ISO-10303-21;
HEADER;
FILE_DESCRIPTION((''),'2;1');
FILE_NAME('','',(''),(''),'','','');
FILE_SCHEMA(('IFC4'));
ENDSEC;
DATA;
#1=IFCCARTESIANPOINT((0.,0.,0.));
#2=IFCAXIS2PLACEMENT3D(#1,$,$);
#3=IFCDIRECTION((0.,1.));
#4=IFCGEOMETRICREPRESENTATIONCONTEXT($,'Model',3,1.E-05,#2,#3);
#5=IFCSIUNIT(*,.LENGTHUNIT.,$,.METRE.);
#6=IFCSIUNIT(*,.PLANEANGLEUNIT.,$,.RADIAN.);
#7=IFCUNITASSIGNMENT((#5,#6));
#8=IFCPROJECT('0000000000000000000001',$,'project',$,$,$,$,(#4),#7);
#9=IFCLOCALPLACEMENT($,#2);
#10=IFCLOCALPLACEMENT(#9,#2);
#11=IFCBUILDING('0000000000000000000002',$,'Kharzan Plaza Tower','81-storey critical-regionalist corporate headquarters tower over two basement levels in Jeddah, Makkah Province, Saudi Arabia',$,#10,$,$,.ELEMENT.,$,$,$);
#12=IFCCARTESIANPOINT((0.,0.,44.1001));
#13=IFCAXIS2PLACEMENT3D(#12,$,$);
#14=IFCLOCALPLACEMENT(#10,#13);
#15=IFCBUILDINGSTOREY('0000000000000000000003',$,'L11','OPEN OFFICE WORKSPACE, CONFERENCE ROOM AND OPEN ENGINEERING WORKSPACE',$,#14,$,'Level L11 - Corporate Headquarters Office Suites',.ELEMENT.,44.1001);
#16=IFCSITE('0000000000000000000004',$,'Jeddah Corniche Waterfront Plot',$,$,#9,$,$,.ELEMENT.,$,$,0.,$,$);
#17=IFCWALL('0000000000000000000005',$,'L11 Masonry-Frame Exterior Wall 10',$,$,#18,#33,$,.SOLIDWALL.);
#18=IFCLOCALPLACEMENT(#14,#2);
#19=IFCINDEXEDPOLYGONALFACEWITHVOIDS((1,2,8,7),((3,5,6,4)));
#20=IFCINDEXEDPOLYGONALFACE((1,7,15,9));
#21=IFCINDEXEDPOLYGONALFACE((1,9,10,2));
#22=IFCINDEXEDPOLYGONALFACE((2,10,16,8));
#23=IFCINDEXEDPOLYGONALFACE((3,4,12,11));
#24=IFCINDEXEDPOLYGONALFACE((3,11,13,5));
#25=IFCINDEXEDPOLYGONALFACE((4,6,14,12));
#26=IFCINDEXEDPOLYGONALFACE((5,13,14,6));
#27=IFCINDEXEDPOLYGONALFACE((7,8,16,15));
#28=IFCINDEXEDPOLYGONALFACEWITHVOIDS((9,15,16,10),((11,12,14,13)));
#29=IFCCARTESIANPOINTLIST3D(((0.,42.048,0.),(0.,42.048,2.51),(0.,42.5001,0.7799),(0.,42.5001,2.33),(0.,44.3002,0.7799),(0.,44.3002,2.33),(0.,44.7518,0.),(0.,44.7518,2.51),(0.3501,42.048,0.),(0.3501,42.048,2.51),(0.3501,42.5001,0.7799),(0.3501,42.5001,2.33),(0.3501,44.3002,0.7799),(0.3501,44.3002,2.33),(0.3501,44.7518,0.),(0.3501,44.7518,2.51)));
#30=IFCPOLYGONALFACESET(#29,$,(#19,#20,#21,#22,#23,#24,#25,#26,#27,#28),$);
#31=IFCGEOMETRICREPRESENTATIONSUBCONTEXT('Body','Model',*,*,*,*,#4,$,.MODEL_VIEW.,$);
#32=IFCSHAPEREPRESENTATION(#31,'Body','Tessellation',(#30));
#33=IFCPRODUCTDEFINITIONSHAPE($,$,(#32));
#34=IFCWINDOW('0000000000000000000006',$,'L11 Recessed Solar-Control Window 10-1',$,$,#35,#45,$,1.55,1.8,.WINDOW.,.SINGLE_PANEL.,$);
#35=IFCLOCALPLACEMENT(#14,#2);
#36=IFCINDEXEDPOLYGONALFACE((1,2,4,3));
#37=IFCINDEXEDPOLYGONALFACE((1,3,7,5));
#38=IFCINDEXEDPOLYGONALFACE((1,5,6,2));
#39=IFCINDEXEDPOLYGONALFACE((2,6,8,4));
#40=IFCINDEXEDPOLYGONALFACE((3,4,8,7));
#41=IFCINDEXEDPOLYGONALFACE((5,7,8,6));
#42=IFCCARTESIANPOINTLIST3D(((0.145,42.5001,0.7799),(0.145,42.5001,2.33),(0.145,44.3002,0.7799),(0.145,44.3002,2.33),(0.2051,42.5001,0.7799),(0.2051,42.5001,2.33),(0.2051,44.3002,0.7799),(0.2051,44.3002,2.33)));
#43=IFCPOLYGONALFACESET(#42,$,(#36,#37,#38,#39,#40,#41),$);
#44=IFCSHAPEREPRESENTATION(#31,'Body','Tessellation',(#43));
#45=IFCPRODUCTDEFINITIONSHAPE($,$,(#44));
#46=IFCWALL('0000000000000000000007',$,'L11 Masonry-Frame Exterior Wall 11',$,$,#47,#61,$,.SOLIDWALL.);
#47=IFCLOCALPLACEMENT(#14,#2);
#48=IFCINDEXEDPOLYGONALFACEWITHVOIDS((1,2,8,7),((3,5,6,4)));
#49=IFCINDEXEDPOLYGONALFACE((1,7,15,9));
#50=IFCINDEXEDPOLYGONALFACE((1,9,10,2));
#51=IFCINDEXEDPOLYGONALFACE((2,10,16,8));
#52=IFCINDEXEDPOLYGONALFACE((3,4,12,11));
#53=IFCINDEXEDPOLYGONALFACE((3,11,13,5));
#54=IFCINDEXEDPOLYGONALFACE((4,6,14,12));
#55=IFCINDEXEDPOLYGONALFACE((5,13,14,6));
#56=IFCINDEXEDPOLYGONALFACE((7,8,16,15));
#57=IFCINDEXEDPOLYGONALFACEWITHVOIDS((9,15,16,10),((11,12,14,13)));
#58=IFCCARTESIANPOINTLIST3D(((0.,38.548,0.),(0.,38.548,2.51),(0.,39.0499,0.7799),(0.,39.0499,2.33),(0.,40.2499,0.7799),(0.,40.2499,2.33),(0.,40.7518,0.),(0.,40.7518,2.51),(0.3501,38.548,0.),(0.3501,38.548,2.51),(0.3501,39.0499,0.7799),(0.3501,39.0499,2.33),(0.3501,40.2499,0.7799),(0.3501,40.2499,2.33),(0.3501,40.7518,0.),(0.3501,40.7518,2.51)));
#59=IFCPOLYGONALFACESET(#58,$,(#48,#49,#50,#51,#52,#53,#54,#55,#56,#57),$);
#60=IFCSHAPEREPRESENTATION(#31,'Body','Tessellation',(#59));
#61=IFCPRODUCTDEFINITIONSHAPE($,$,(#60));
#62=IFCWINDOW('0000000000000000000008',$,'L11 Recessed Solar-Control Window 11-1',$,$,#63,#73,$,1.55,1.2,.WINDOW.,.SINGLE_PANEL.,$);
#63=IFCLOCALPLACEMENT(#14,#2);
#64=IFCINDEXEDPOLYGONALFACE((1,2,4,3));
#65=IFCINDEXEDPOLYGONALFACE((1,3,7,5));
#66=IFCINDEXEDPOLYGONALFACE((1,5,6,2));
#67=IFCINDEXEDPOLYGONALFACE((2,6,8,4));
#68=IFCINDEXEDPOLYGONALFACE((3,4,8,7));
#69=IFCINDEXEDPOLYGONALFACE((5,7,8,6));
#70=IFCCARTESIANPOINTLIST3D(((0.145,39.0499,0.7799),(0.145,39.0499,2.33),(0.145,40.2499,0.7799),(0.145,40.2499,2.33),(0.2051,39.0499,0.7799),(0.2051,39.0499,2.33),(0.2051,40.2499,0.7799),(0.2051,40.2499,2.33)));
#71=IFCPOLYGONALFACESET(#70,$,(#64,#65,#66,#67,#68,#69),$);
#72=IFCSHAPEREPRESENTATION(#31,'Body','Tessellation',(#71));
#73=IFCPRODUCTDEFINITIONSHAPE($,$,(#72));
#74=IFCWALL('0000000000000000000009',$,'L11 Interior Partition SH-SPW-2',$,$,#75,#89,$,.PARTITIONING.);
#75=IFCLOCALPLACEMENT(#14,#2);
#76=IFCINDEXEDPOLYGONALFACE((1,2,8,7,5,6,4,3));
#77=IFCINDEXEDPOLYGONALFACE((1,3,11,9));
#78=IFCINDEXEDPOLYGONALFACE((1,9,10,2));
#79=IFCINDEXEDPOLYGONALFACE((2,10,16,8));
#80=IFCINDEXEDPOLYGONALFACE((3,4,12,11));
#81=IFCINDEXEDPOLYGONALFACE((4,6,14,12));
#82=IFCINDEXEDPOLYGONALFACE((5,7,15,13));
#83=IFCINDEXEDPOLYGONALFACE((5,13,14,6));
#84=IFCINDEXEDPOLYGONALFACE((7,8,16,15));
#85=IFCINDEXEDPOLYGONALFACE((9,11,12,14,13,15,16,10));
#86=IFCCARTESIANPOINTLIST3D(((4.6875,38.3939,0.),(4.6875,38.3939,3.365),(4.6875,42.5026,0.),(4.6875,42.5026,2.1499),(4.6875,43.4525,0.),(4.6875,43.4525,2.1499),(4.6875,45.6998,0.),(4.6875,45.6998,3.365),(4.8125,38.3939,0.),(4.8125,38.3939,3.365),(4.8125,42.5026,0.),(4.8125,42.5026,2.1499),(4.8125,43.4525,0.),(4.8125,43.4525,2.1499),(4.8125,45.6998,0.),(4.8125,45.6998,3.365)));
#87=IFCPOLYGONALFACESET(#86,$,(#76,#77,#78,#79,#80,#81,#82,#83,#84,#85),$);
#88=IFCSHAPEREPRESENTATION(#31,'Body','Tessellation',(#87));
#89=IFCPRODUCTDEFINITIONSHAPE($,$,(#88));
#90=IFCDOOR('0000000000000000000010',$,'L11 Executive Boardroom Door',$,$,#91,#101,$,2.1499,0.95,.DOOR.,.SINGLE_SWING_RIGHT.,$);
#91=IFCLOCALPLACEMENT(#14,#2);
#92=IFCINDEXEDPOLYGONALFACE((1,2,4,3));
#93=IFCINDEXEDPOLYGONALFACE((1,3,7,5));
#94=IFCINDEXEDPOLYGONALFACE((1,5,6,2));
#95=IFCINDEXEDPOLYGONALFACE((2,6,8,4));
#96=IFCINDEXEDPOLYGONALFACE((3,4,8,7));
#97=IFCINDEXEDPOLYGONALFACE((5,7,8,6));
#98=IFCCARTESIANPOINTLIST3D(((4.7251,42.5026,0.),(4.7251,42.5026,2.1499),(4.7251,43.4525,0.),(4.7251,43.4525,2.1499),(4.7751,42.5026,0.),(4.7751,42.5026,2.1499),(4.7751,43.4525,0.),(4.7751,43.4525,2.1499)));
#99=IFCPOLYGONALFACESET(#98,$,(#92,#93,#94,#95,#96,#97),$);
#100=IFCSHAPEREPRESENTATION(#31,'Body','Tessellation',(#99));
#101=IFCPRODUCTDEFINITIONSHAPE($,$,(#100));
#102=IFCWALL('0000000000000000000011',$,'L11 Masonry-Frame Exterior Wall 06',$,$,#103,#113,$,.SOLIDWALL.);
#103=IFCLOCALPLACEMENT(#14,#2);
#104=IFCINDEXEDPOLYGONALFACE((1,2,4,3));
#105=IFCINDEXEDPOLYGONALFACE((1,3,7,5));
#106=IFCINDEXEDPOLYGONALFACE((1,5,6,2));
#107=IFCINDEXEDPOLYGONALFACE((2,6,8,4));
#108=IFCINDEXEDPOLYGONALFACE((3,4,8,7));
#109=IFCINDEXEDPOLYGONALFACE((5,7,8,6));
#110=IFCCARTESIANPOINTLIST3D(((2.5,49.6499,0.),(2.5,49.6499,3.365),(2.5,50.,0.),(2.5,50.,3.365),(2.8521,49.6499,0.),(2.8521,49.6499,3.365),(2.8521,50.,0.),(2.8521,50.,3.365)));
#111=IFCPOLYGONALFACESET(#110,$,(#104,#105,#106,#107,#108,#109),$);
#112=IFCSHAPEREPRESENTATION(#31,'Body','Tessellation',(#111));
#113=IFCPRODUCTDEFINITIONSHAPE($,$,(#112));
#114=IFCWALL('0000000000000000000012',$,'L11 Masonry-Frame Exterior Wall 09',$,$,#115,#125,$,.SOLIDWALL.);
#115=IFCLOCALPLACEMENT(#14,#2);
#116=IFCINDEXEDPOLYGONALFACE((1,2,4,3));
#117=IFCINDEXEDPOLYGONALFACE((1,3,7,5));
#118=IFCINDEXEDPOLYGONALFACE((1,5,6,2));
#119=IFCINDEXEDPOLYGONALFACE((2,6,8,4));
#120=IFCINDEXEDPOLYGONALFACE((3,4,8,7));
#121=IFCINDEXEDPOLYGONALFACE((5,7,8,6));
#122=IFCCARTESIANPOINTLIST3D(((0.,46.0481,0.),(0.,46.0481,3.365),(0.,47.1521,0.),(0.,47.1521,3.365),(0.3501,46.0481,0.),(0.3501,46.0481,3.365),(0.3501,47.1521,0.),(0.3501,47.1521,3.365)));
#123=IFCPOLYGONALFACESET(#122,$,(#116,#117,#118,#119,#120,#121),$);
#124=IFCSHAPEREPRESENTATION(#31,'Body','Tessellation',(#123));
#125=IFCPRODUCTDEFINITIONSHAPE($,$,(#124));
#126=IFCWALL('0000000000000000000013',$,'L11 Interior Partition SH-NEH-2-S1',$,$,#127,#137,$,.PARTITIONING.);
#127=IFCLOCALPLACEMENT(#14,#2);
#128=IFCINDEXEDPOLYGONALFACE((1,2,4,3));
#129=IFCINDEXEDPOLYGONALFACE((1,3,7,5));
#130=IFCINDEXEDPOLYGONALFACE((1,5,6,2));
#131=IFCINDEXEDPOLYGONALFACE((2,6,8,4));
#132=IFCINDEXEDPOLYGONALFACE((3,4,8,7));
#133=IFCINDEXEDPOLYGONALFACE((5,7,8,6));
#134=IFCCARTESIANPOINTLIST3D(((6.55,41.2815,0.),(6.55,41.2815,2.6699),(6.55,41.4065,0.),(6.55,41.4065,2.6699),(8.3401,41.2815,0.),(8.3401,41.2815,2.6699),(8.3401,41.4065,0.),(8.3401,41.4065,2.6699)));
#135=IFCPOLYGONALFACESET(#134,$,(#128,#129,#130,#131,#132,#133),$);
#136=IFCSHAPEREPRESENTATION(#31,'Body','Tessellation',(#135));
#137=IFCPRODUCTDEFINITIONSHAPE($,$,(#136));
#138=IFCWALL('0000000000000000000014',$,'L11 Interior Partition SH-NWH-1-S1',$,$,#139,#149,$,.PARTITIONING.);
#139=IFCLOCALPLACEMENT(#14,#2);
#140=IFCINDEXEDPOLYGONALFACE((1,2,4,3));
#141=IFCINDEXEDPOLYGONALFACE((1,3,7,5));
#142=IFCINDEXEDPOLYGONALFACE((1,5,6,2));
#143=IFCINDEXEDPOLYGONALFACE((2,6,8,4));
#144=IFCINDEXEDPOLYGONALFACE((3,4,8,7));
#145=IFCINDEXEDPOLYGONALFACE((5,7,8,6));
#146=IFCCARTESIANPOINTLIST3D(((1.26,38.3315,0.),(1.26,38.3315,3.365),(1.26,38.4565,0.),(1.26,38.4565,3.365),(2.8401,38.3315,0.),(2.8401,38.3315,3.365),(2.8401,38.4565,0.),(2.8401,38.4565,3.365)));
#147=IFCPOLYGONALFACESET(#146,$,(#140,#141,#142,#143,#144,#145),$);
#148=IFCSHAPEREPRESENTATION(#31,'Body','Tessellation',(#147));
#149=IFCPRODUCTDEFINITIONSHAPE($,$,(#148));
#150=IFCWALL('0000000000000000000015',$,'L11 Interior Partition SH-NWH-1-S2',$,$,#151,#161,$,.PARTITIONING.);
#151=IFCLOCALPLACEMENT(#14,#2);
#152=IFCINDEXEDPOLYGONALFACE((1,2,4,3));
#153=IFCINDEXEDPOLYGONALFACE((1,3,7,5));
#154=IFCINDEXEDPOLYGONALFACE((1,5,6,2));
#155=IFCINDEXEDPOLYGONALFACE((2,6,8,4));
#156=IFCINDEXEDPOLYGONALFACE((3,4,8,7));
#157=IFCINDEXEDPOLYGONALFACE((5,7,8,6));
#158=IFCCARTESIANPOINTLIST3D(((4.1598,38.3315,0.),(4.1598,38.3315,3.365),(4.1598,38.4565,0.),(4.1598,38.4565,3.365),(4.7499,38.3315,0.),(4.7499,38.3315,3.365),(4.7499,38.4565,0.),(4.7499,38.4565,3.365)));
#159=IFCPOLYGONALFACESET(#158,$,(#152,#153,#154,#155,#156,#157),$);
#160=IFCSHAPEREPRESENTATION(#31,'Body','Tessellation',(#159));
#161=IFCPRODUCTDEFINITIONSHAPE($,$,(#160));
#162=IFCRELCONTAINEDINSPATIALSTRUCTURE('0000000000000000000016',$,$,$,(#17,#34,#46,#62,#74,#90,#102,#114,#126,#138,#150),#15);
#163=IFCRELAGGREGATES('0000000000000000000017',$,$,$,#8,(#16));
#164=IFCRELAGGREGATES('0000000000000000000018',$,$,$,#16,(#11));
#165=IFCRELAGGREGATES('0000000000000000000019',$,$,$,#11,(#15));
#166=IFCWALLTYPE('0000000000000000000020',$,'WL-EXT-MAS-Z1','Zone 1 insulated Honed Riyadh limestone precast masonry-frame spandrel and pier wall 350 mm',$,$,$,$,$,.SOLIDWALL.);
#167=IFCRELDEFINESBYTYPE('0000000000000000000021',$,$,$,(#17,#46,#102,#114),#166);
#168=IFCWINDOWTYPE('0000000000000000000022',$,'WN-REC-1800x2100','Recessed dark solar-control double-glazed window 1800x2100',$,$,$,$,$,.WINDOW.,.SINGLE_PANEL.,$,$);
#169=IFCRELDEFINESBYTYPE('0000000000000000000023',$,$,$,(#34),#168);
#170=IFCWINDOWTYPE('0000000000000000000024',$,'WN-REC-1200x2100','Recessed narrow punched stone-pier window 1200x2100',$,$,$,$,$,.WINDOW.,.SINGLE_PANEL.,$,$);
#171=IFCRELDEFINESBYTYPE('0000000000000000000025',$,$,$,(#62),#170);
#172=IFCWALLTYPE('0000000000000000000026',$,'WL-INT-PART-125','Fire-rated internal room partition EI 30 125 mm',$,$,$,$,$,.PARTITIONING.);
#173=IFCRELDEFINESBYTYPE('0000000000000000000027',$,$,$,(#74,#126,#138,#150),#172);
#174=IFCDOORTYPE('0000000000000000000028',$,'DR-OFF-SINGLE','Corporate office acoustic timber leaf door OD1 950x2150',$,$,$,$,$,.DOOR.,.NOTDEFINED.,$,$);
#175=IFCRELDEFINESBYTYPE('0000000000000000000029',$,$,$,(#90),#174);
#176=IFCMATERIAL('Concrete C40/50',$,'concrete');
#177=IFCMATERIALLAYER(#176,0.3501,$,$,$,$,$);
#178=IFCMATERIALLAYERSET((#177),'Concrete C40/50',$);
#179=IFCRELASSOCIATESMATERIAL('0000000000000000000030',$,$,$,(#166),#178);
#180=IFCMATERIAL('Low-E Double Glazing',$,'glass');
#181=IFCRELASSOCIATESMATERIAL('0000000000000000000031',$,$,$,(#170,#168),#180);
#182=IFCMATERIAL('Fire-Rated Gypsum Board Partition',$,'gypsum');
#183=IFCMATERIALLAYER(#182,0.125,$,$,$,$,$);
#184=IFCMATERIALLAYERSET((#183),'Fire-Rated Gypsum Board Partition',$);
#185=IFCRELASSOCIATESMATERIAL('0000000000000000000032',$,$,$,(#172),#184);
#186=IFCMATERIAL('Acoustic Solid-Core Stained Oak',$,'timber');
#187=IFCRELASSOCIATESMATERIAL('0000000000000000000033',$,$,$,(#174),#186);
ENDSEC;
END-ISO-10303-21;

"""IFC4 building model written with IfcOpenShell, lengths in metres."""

from ifc_helpers import new_model, si_unit, direction, frame, frame_2d, origin, place, context, subcontext, project, spatial, rectangle, extrude, source, transform, mapped, material, layer, layer_set, type_object, element, fill, save


model = new_model("IFC4")

# Units and contexts
model_context = context("Model", 3, precision=1e-05, world=origin(), true_north=direction((0.0, 1.0)))
body_context = subcontext(model_context, "Body", "Model", "MODEL_VIEW")
ifc_project = project(units=[si_unit("LENGTHUNIT", "METRE"), si_unit("PLANEANGLEUNIT", "RADIAN")], contexts=[model_context])

# Site, building, storey
site_placement = place(None, origin())
site = spatial("IfcSite", under=ifc_project, at=site_placement, Name="Jeddah Corniche Waterfront Plot", CompositionType="ELEMENT", RefElevation=0.0)
building_placement = place(site_placement, origin())
building = spatial("IfcBuilding", under=site, at=building_placement, Name="Kharzan Plaza Tower", Description="81-storey critical-regionalist corporate headquarters tower over two basement levels in Jeddah, Makkah Province, Saudi Arabia", CompositionType="ELEMENT")
storey_placement = place(building_placement, frame((0.0, 0.0, 44.1001)))
storey = spatial("IfcBuildingStorey", under=building, at=storey_placement, Name="L11", Description="OPEN OFFICE WORKSPACE, CONFERENCE ROOM AND OPEN ENGINEERING WORKSPACE", LongName="Level L11 - Corporate Headquarters Office Suites", CompositionType="ELEMENT", Elevation=44.1001)

# Walls, openings, windows
ifc_material_1 = material(Name="Concrete C40/50", Category="concrete")
ifc_layer_1 = layer(ifc_material_1, 0.3501)
ifc_layer_set_1 = layer_set([ifc_layer_1], Name="Concrete C40/50")
wall_type_1 = type_object("IfcWallType", Name="WL-EXT-MAS-Z1", Description="Zone 1 insulated Honed Riyadh limestone precast masonry-frame spandrel and pier wall 350 mm", PredefinedType="SOLIDWALL", material=ifc_layer_set_1)
ifc_material_2 = material(Name="Low-E Double Glazing", Category="glass")
window_type_1 = type_object("IfcWindowType", Name="WN-REC-1200x2100", Description="Recessed narrow punched stone-pier window 1200x2100", PartitioningType="SINGLE_PANEL", PredefinedType="WINDOW", material=ifc_material_2)
window_type_2 = type_object("IfcWindowType", Name="WN-REC-1800x2100", Description="Recessed dark solar-control double-glazed window 1800x2100", PartitioningType="SINGLE_PANEL", PredefinedType="WINDOW", material=ifc_material_2)
wall_1_placement = place(storey_placement, frame((0.175, 44.752, 0.0), z_axis=(0.0, 0.0, 1.0), x_axis=(0.0, -1.0, 0.0)))
wall_1 = element("IfcWall", 1, at=wall_1_placement, inside=storey, type_object=wall_type_1, Name="L11 Masonry-Frame Exterior Wall 10", PredefinedType="SOLIDWALL", context=body_context, shape_type="SweptSolid", body=[
    extrude(rectangle(XDim=2.7039, YDim=0.3501, at=frame_2d((1.3521, 0.0))), origin(), (0.0, 0.0, 1.0), 2.51),
])
opening_1_placement = place(wall_1_placement, frame((0.4519, 0.0, 0.78)))
opening_1 = element("IfcOpeningElement", 2, at=opening_1_placement, cuts=wall_1, PredefinedType="OPENING", context=body_context, shape_type="SweptSolid", body=[
    extrude(rectangle(XDim=1.8, YDim=1.55, at=frame_2d((0.8999, 0.7749))), frame((0.0, 0.1851, 0.0), z_axis=(0.0, -1.0, 0.0), x_axis=(1.0, 0.0, 0.0)), (0.0, 0.0, 1.0), 0.3701),
])
shared_shape_1 = source(origin(), body_context, "Body", "SweptSolid", [
    extrude(rectangle(XDim=1.8, YDim=1.55, at=frame_2d((0.8999, 0.7749))), frame((0.0, 0.03, 0.0), z_axis=(0.0, -1.0, 0.0), x_axis=(1.0, 0.0, 0.0)), (0.0, 0.0, 1.0), 0.0601),
])
window_1_placement = place(opening_1_placement, origin())
window_1 = element("IfcWindow", 3, at=window_1_placement, inside=storey, type_object=window_type_2, Name="L11 Recessed Solar-Control Window 10-1", OverallHeight=1.55, OverallWidth=1.8, PartitioningType="SINGLE_PANEL", PredefinedType="WINDOW", context=body_context, shape_type="MappedRepresentation", body=[
    mapped(shared_shape_1, transform((0.0, 0.0, 0.0), x_axis=(1.0, 0.0, 0.0), y_axis=(0.0, 1.0, 0.0), z_axis=(0.0, 0.0, 1.0))),
])
fill(opening_1, window_1)
wall_2_placement = place(storey_placement, frame((0.175, 40.752, 0.0), z_axis=(0.0, 0.0, 1.0), x_axis=(0.0, -1.0, 0.0)))
wall_2 = element("IfcWall", 4, at=wall_2_placement, inside=storey, type_object=wall_type_1, Name="L11 Masonry-Frame Exterior Wall 11", PredefinedType="SOLIDWALL", context=body_context, shape_type="SweptSolid", body=[
    extrude(rectangle(XDim=2.2039, YDim=0.3501, at=frame_2d((1.1021, 0.0))), origin(), (0.0, 0.0, 1.0), 2.51),
])
opening_2_placement = place(wall_2_placement, frame((0.502, 0.0, 0.78)))
opening_2 = element("IfcOpeningElement", 5, at=opening_2_placement, cuts=wall_2, PredefinedType="OPENING", context=body_context, shape_type="SweptSolid", body=[
    extrude(rectangle(XDim=1.2, YDim=1.55, at=frame_2d((0.6001, 0.7749))), frame((0.0, 0.1851, 0.0), z_axis=(0.0, -1.0, 0.0), x_axis=(1.0, 0.0, 0.0)), (0.0, 0.0, 1.0), 0.3701),
])
shared_shape_2 = source(origin(), body_context, "Body", "SweptSolid", [
    extrude(rectangle(XDim=1.2, YDim=1.55, at=frame_2d((0.6001, 0.7749))), frame((0.0, 0.03, 0.0), z_axis=(0.0, -1.0, 0.0), x_axis=(1.0, 0.0, 0.0)), (0.0, 0.0, 1.0), 0.0601),
])
window_2_placement = place(opening_2_placement, origin())
window_2 = element("IfcWindow", 6, at=window_2_placement, inside=storey, type_object=window_type_1, Name="L11 Recessed Solar-Control Window 11-1", OverallHeight=1.55, OverallWidth=1.2, PartitioningType="SINGLE_PANEL", PredefinedType="WINDOW", context=body_context, shape_type="MappedRepresentation", body=[
    mapped(shared_shape_2, transform((0.0, 0.0, 0.0), x_axis=(1.0, 0.0, 0.0), y_axis=(0.0, 1.0, 0.0), z_axis=(0.0, 0.0, 1.0))),
])
fill(opening_2, window_2)

# Wall, opening, door
ifc_material_3 = material(Name="Fire-Rated Gypsum Board Partition", Category="gypsum")
ifc_layer_2 = layer(ifc_material_3, 0.125)
ifc_layer_set_2 = layer_set([ifc_layer_2], Name="Fire-Rated Gypsum Board Partition")
wall_type_2 = type_object("IfcWallType", Name="WL-INT-PART-125", Description="Fire-rated internal room partition EI 30 125 mm", PredefinedType="PARTITIONING", material=ifc_layer_set_2)
ifc_material_4 = material(Name="Acoustic Solid-Core Stained Oak", Category="timber")
door_type = type_object("IfcDoorType", Name="DR-OFF-SINGLE", Description="Corporate office acoustic timber leaf door OD1 950x2150", OperationType="NOTDEFINED", PredefinedType="DOOR", material=ifc_material_4)
shared_shape_3 = source(origin(), body_context, "Body", "SweptSolid", [
    extrude(rectangle(XDim=0.95, YDim=2.1499, at=frame_2d((0.4751, 1.075))), frame((0.0, 0.0249, 0.0), z_axis=(0.0, -1.0, 0.0), x_axis=(1.0, 0.0, 0.0)), (0.0, 0.0, 1.0), 0.05),
])
wall_3_placement = place(storey_placement, frame((4.75, 38.394, 0.0), z_axis=(0.0, 0.0, 1.0), x_axis=(0.0, 1.0, 0.0)))
wall_3 = element("IfcWall", 7, at=wall_3_placement, inside=storey, type_object=wall_type_2, Name="L11 Interior Partition SH-SPW-2", PredefinedType="PARTITIONING", context=body_context, shape_type="SweptSolid", body=[
    extrude(rectangle(XDim=7.3059, YDim=0.125, at=frame_2d((3.6528, 0.0))), origin(), (0.0, 0.0, 1.0), 3.365),
])
opening_3_placement = place(wall_3_placement, frame((4.1084, 0.0, 0.0)))
opening_3 = element("IfcOpeningElement", 8, at=opening_3_placement, cuts=wall_3, PredefinedType="OPENING", context=body_context, shape_type="SweptSolid", body=[
    extrude(rectangle(XDim=0.95, YDim=2.1499, at=frame_2d((0.4751, 1.075))), frame((0.0, 0.0725, 0.0), z_axis=(0.0, -1.0, 0.0), x_axis=(1.0, 0.0, 0.0)), (0.0, 0.0, 1.0), 0.145),
])
door_1_placement = place(opening_3_placement, origin())
door_1 = element("IfcDoor", 9, at=door_1_placement, inside=storey, type_object=door_type, Name="L11 Executive Boardroom Door", OperationType="SINGLE_SWING_RIGHT", OverallHeight=2.1499, OverallWidth=0.95, PredefinedType="DOOR", context=body_context, shape_type="MappedRepresentation", body=[
    mapped(shared_shape_3, transform((0.0, 0.0, 0.0), x_axis=(1.0, 0.0, 0.0), y_axis=(0.0, 1.0, 0.0), z_axis=(0.0, 0.0, 1.0))),
])
fill(opening_3, door_1)

# Walls
shared_shape_4 = source(origin(), body_context, "Body", "SweptSolid", [
    extrude(rectangle(XDim=0.3521, YDim=0.3501, at=frame_2d((0.176, 0.0))), origin(), (0.0, 0.0, 1.0), 3.365),
])
wall_4_placement = place(storey_placement, frame((2.8521, 49.825, 0.0), z_axis=(0.0, 0.0, 1.0), x_axis=(-1.0, 0.0, 0.0)))
element("IfcWall", 10, at=wall_4_placement, inside=storey, type_object=wall_type_1, Name="L11 Masonry-Frame Exterior Wall 06", PredefinedType="SOLIDWALL", context=body_context, shape_type="MappedRepresentation", body=[
    mapped(shared_shape_4, transform((0.0, 0.0, 0.0), x_axis=(1.0, 0.0, 0.0), y_axis=(0.0, 1.0, 0.0), z_axis=(0.0, 0.0, 1.0))),
])
shared_shape_5 = source(origin(), body_context, "Body", "SweptSolid", [
    extrude(rectangle(XDim=1.104, YDim=0.3501, at=frame_2d((0.552, 0.0))), origin(), (0.0, 0.0, 1.0), 3.365),
])
wall_5_placement = place(storey_placement, frame((0.175, 47.1521, 0.0), z_axis=(0.0, 0.0, 1.0), x_axis=(0.0, -1.0, 0.0)))
element("IfcWall", 11, at=wall_5_placement, inside=storey, type_object=wall_type_1, Name="L11 Masonry-Frame Exterior Wall 09", PredefinedType="SOLIDWALL", context=body_context, shape_type="MappedRepresentation", body=[
    mapped(shared_shape_5, transform((0.0, 0.0, 0.0), x_axis=(1.0, 0.0, 0.0), y_axis=(0.0, 1.0, 0.0), z_axis=(0.0, 0.0, 1.0))),
])
shared_shape_6 = source(origin(), body_context, "Body", "SweptSolid", [
    extrude(rectangle(XDim=1.79, YDim=0.125, at=frame_2d((0.895, 0.0))), origin(), (0.0, 0.0, 1.0), 2.6699),
])
wall_6_placement = place(storey_placement, frame((6.55, 41.344, 0.0), z_axis=(0.0, 0.0, 1.0), x_axis=(1.0, 0.0, 0.0)))
element("IfcWall", 12, at=wall_6_placement, inside=storey, type_object=wall_type_2, Name="L11 Interior Partition SH-NEH-2-S1", PredefinedType="PARTITIONING", context=body_context, shape_type="MappedRepresentation", body=[
    mapped(shared_shape_6, transform((0.0, 0.0, 0.0), x_axis=(1.0, 0.0, 0.0), y_axis=(0.0, 1.0, 0.0), z_axis=(0.0, 0.0, 1.0))),
])
shared_shape_7 = source(origin(), body_context, "Body", "SweptSolid", [
    extrude(rectangle(XDim=1.5801, YDim=0.125, at=frame_2d((0.79, 0.0))), origin(), (0.0, 0.0, 1.0), 3.365),
])
wall_7_placement = place(storey_placement, frame((1.26, 38.394, 0.0), z_axis=(0.0, 0.0, 1.0), x_axis=(1.0, 0.0, 0.0)))
element("IfcWall", 13, at=wall_7_placement, inside=storey, type_object=wall_type_2, Name="L11 Interior Partition SH-NWH-1-S1", PredefinedType="PARTITIONING", context=body_context, shape_type="MappedRepresentation", body=[
    mapped(shared_shape_7, transform((0.0, 0.0, 0.0), x_axis=(1.0, 0.0, 0.0), y_axis=(0.0, 1.0, 0.0), z_axis=(0.0, 0.0, 1.0))),
])
shared_shape_8 = source(origin(), body_context, "Body", "SweptSolid", [
    extrude(rectangle(XDim=0.5901, YDim=0.125, at=frame_2d((0.2949, 0.0))), origin(), (0.0, 0.0, 1.0), 3.365),
])
wall_8_placement = place(storey_placement, frame((4.1599, 38.394, 0.0), z_axis=(0.0, 0.0, 1.0), x_axis=(1.0, 0.0, 0.0)))
element("IfcWall", 14, at=wall_8_placement, inside=storey, type_object=wall_type_2, Name="L11 Interior Partition SH-NWH-1-S2", PredefinedType="PARTITIONING", context=body_context, shape_type="MappedRepresentation", body=[
    mapped(shared_shape_8, transform((0.0, 0.0, 0.0), x_axis=(1.0, 0.0, 0.0), y_axis=(0.0, 1.0, 0.0), z_axis=(0.0, 0.0, 1.0))),
])

save(model, "model.ifc")
